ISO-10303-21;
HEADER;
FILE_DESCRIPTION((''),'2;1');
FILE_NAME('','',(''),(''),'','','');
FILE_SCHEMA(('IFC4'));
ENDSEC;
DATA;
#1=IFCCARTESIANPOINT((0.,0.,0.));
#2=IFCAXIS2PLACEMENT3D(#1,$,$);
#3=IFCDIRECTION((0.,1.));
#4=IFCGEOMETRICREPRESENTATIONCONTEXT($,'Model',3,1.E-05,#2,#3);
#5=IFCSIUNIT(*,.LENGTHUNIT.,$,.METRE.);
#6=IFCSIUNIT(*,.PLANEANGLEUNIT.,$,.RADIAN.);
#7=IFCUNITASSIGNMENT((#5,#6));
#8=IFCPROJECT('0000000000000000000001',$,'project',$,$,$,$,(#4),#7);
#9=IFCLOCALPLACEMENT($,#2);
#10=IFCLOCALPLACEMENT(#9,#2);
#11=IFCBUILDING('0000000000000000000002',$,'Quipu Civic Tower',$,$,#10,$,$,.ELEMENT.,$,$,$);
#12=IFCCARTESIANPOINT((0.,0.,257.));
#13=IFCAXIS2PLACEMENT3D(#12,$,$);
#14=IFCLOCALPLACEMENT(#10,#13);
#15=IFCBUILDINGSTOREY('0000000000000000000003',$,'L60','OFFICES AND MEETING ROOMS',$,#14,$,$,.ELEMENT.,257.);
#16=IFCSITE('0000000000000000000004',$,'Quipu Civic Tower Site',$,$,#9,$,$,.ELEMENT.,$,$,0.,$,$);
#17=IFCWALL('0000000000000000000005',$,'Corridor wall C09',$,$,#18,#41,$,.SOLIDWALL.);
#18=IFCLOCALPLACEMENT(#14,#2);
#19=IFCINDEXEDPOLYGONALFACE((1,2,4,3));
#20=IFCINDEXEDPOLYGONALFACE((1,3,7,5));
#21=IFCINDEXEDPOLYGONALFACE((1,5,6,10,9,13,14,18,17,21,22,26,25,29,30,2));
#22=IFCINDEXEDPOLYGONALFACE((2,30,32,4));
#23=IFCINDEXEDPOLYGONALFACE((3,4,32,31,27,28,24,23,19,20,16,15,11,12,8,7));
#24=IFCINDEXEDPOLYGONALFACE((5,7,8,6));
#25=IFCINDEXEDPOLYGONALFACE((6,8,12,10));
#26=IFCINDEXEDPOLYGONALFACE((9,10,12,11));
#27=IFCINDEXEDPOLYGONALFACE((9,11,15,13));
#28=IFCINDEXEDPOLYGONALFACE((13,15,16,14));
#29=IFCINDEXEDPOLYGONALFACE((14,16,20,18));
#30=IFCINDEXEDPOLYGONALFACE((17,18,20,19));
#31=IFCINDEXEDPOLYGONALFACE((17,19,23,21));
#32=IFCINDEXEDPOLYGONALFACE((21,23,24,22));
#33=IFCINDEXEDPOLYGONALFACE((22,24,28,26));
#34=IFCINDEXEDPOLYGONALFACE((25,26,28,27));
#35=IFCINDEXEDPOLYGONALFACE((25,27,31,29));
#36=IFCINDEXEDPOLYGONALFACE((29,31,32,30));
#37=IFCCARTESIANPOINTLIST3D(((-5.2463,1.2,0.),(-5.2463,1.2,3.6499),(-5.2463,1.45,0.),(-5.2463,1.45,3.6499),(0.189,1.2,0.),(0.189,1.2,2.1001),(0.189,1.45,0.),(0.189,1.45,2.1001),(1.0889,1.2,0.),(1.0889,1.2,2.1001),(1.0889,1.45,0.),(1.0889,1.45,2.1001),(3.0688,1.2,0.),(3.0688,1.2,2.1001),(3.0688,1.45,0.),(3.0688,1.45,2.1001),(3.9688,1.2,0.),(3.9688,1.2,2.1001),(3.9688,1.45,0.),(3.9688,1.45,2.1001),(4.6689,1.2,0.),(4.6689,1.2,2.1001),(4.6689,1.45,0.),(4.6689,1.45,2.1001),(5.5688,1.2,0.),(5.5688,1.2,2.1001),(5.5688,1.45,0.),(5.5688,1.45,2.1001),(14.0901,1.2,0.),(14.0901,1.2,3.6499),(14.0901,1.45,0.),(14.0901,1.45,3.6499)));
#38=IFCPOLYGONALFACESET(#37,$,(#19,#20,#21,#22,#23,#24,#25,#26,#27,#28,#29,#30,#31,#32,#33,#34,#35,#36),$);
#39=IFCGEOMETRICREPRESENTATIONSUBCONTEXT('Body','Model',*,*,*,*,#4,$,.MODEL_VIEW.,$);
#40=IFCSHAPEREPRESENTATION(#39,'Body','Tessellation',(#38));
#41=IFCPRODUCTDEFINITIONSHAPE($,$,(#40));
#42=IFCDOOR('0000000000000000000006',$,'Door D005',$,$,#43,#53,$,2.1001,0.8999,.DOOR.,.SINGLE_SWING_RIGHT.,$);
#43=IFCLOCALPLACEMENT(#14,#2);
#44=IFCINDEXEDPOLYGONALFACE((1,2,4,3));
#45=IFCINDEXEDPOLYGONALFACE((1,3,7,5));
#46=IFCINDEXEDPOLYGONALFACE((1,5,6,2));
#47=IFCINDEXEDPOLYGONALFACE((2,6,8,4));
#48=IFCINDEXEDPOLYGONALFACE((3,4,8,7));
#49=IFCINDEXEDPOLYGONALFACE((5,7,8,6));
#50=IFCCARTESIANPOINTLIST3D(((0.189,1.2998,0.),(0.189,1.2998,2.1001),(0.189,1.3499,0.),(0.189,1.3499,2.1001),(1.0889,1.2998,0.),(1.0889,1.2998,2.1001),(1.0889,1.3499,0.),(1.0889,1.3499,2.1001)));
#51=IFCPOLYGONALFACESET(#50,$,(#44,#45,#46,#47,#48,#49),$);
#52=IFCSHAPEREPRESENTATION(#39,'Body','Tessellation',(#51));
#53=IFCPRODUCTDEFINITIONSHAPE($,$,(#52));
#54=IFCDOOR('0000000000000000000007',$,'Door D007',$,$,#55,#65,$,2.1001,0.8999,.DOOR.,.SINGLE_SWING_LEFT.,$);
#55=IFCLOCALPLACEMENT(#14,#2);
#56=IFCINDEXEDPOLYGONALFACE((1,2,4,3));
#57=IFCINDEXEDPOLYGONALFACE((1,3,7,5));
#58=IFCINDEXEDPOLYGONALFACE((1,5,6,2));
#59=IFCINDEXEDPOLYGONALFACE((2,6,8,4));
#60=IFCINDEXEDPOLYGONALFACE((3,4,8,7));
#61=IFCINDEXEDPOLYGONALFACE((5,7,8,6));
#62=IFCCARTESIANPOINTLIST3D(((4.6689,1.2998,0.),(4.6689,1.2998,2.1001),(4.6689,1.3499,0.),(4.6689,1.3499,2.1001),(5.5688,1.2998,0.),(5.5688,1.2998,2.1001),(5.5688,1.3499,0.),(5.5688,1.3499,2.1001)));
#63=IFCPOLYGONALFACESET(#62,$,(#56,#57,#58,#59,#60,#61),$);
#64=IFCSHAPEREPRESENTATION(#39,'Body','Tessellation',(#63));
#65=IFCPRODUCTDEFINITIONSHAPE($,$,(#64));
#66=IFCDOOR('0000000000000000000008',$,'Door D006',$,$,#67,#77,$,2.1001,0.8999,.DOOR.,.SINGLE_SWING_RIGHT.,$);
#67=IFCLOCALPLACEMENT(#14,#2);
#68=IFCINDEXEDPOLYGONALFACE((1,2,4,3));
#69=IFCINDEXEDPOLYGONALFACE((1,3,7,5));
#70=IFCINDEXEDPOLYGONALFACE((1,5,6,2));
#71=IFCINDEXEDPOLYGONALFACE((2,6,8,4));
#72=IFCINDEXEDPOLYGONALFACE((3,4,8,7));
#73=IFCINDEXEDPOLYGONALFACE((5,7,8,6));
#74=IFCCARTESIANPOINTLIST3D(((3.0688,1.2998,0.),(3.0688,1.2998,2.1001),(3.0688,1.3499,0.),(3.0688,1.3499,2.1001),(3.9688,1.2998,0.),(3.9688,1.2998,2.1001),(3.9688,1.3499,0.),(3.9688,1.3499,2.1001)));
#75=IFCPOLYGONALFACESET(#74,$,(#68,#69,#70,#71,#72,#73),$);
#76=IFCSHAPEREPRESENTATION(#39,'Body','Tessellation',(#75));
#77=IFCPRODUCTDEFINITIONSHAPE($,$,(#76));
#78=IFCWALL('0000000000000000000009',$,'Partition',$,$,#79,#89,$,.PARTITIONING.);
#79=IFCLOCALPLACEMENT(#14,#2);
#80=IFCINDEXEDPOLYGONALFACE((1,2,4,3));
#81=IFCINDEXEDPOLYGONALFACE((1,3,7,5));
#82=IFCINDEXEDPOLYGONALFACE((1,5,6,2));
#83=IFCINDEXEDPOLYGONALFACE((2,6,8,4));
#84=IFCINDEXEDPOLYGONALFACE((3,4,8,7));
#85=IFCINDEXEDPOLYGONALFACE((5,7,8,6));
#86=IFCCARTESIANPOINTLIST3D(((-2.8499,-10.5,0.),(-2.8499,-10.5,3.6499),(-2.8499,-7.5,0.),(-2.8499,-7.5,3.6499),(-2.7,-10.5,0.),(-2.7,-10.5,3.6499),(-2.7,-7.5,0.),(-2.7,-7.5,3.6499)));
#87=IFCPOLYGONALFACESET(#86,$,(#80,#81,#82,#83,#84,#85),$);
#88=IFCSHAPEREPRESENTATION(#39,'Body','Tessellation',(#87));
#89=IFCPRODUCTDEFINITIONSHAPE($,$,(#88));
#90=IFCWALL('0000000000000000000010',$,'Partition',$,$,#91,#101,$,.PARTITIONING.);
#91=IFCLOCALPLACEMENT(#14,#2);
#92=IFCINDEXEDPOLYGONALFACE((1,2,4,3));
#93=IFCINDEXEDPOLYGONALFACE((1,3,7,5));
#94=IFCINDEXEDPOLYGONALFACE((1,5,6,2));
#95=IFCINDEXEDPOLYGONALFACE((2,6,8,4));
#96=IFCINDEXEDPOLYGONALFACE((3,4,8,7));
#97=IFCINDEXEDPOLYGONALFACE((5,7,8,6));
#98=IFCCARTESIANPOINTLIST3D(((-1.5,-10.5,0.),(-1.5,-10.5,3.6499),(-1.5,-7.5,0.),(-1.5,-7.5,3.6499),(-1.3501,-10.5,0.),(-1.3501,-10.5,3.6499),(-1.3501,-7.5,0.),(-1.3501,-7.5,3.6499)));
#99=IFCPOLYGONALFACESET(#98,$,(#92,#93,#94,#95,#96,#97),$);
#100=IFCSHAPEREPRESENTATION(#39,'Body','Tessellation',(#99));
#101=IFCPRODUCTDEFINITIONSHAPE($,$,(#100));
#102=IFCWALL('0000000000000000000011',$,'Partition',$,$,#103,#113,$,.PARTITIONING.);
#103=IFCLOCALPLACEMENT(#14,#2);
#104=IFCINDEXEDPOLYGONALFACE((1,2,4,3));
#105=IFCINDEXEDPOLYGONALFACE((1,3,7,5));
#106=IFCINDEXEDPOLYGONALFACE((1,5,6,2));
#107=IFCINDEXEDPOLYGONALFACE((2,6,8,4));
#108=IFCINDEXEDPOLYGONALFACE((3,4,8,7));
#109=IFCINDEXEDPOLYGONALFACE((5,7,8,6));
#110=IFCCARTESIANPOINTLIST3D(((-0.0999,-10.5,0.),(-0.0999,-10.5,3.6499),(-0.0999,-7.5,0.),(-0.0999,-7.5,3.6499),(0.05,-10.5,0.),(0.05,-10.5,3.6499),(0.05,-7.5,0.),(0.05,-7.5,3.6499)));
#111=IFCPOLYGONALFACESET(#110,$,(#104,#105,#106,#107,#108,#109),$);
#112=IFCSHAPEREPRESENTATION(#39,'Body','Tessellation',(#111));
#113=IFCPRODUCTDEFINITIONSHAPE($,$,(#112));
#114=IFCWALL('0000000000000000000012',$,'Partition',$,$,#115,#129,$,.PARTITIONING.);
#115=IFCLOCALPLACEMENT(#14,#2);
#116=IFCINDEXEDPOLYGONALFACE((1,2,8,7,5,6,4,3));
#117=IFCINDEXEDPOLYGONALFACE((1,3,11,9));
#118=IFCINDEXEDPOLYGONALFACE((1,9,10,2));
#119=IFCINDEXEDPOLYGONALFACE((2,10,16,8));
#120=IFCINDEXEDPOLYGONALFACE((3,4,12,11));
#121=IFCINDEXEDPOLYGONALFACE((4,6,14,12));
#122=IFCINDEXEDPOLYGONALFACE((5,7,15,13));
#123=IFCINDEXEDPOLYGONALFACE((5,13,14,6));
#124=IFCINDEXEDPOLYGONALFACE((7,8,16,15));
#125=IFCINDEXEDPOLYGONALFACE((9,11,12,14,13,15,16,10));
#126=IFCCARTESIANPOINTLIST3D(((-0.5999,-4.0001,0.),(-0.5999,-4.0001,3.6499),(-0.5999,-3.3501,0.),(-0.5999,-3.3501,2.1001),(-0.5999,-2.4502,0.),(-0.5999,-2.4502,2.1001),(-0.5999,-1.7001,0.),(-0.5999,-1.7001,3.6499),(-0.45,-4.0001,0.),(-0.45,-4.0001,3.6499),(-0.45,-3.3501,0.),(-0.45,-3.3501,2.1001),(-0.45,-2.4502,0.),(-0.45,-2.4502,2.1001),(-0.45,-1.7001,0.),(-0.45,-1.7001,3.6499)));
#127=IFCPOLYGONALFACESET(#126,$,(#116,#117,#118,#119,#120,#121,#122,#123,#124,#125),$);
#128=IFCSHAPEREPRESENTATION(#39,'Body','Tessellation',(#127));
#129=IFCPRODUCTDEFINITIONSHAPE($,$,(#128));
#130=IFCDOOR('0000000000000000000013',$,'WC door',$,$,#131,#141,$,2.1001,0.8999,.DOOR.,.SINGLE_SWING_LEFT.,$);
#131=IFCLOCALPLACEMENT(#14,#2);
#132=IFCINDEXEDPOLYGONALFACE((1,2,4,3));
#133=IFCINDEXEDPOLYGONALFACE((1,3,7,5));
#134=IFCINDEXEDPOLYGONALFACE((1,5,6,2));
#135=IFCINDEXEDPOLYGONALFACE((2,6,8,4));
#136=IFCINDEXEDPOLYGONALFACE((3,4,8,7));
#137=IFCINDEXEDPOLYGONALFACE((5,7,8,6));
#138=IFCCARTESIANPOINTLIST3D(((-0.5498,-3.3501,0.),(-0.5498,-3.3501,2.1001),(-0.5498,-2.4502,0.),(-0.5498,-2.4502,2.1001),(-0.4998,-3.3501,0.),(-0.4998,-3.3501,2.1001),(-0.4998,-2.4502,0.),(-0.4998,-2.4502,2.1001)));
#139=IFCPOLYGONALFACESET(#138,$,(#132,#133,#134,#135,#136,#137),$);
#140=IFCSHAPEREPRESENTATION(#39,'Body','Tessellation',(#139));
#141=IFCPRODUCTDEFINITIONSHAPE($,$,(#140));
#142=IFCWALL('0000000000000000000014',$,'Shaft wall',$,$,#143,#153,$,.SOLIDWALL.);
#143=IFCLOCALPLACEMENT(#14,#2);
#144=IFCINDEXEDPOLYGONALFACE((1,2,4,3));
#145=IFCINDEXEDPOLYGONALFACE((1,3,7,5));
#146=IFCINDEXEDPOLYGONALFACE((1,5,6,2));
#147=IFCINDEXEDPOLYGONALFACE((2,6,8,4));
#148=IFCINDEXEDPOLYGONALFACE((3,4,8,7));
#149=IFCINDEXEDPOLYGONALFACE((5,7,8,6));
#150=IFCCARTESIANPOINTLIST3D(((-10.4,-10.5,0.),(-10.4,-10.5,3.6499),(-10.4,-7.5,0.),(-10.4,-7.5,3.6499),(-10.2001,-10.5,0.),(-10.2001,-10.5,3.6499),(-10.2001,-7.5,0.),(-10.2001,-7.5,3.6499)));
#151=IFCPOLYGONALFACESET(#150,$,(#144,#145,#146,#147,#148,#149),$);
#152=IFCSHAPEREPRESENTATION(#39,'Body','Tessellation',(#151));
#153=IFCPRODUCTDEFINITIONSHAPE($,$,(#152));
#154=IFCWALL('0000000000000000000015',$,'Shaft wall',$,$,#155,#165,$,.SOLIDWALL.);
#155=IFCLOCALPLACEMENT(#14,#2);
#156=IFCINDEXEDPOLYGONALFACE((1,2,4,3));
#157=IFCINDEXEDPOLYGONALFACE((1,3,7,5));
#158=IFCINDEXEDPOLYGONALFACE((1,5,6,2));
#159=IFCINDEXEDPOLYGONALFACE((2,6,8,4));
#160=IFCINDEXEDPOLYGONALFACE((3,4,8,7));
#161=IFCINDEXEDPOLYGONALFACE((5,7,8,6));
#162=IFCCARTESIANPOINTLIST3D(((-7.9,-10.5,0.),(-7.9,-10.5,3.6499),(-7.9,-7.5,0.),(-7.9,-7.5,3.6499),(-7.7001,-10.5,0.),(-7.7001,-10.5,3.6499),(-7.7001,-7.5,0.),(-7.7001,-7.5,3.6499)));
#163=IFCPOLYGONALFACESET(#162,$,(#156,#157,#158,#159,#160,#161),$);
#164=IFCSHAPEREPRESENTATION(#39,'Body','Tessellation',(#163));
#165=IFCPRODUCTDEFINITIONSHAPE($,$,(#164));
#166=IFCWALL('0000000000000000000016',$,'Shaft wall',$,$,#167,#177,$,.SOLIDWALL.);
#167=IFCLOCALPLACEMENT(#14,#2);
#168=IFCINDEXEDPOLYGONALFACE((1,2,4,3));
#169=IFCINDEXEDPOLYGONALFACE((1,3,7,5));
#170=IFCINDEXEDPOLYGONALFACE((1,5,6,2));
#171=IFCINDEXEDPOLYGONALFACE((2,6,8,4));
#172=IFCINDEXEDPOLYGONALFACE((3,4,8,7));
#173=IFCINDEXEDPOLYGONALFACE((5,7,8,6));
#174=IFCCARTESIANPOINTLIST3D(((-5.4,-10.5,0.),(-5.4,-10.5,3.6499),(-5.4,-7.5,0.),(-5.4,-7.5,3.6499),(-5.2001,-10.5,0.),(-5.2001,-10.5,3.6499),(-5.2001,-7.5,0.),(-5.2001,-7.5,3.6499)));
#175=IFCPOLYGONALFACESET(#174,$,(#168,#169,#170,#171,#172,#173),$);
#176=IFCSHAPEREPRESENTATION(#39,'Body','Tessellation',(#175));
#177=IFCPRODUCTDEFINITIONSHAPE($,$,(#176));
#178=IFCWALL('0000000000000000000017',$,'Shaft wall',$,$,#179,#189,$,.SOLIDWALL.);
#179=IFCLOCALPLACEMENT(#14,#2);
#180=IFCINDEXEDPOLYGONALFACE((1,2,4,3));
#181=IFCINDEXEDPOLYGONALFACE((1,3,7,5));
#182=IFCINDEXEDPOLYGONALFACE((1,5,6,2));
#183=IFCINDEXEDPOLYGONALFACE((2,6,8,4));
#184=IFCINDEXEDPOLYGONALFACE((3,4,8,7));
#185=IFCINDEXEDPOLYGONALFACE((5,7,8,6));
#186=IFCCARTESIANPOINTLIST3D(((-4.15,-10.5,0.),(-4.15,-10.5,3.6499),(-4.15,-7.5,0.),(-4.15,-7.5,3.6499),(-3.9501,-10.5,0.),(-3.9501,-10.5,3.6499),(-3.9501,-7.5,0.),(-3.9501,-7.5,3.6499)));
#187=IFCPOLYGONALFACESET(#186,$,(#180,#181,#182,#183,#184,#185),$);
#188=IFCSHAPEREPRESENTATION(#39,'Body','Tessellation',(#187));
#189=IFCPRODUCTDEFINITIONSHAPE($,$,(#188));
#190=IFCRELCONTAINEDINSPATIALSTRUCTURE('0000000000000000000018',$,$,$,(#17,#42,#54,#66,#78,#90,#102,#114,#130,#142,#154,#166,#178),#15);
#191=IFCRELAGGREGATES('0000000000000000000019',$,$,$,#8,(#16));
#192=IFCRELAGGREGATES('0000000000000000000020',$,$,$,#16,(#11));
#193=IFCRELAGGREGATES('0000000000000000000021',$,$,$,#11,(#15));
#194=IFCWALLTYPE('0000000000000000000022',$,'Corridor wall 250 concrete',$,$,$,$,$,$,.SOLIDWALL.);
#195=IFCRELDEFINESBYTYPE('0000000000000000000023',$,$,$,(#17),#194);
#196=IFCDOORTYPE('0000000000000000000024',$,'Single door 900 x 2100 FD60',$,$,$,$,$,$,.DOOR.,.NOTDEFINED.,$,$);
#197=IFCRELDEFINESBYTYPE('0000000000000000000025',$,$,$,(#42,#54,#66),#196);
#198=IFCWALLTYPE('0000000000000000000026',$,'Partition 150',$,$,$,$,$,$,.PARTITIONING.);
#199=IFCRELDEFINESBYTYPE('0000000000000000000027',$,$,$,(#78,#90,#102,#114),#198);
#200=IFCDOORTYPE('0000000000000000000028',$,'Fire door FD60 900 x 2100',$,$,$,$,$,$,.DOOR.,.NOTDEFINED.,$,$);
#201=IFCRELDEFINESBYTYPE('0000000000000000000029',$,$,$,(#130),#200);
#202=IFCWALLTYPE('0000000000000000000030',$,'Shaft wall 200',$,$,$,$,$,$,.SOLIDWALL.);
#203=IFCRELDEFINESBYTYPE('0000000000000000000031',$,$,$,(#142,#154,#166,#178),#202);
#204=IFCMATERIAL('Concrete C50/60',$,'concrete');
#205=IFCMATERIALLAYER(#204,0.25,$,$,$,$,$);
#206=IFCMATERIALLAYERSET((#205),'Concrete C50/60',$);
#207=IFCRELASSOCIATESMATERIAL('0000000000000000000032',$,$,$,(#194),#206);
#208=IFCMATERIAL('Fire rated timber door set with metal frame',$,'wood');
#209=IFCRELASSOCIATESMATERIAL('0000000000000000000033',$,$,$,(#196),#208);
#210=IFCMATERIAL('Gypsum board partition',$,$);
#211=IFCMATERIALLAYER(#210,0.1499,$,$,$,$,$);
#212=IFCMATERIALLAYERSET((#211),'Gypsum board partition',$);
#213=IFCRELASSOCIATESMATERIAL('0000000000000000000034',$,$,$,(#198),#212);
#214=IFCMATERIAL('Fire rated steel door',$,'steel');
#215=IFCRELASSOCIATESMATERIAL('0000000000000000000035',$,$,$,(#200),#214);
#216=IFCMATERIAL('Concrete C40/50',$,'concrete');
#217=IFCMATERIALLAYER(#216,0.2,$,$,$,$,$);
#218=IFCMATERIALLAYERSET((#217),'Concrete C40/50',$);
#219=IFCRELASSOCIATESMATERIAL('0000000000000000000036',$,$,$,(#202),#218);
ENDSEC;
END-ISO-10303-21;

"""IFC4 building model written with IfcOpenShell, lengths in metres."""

from ifc_helpers import new_model, si_unit, direction, frame, frame_2d, origin, place, context, subcontext, project, spatial, rectangle, extrude, material, layer, layer_set, type_object, element, fill, save


model = new_model("IFC4")

# Units and contexts
model_context = context("Model", 3, precision=1e-05, world=origin(), true_north=direction((0.0, 1.0)))
body_context = subcontext(model_context, "Body", "Model", "MODEL_VIEW")
ifc_project = project(units=[si_unit("LENGTHUNIT", "METRE"), si_unit("PLANEANGLEUNIT", "RADIAN")], contexts=[model_context])

# Site, building, storey
site_placement = place(None, origin())
site = spatial("IfcSite", under=ifc_project, at=site_placement, Name="Quipu Civic Tower Site", CompositionType="ELEMENT", RefElevation=0.0)
building_placement = place(site_placement, origin())
building = spatial("IfcBuilding", under=site, at=building_placement, Name="Quipu Civic Tower", CompositionType="ELEMENT")
storey_placement = place(building_placement, frame((0.0, 0.0, 257.0)))
storey = spatial("IfcBuildingStorey", under=building, at=storey_placement, Name="L60", Description="OFFICES AND MEETING ROOMS", CompositionType="ELEMENT", Elevation=257.0)

# Wall, openings, doors
ifc_material_1 = material(Name="Concrete C50/60", Category="concrete")
ifc_layer_1 = layer(ifc_material_1, 0.25)
ifc_layer_set_1 = layer_set([ifc_layer_1], Name="Concrete C50/60")
wall_type_1 = type_object("IfcWallType", Name="Corridor wall 250 concrete", PredefinedType="SOLIDWALL", material=ifc_layer_set_1)
wall_1_placement = place(storey_placement, frame((-5.2463, 1.325, 0.0), z_axis=(0.0, 0.0, 1.0), x_axis=(1.0, 0.0, 0.0)))
wall_1 = element("IfcWall", 1, at=wall_1_placement, inside=storey, type_object=wall_type_1, Name="Corridor wall C09", PredefinedType="SOLIDWALL", context=body_context, shape_type="SweptSolid", body=[
    extrude(rectangle(XDim=19.3364, YDim=0.25, at=frame_2d((9.6682, 0.0))), origin(), (0.0, 0.0, 1.0), 3.6499),
])
opening_1_placement = place(wall_1_placement, frame((5.4353, 0.0, 0.0)))
opening_1 = element("IfcOpeningElement", 2, at=opening_1_placement, cuts=wall_1, PredefinedType="OPENING", context=body_context, shape_type="SweptSolid", body=[
    extrude(rectangle(XDim=0.8999, YDim=2.1001, at=frame_2d((0.45, 1.05))), frame((0.0, 0.135, 0.0), z_axis=(0.0, -1.0, 0.0), x_axis=(1.0, 0.0, 0.0)), (0.0, 0.0, 1.0), 0.27),
])
opening_2_placement = place(wall_1_placement, frame((9.9153, 0.0, 0.0)))
opening_2 = element("IfcOpeningElement", 3, at=opening_2_placement, cuts=wall_1, PredefinedType="OPENING", context=body_context, shape_type="SweptSolid", body=[
    extrude(rectangle(XDim=0.8999, YDim=2.1001, at=frame_2d((0.45, 1.05))), frame((0.0, 0.135, 0.0), z_axis=(0.0, -1.0, 0.0), x_axis=(1.0, 0.0, 0.0)), (0.0, 0.0, 1.0), 0.27),
])
opening_3_placement = place(wall_1_placement, frame((8.3152, 0.0, 0.0)))
opening_3 = element("IfcOpeningElement", 4, at=opening_3_placement, cuts=wall_1, PredefinedType="OPENING", context=body_context, shape_type="SweptSolid", body=[
    extrude(rectangle(XDim=0.8999, YDim=2.1001, at=frame_2d((0.45, 1.05))), frame((0.0, 0.135, 0.0), z_axis=(0.0, -1.0, 0.0), x_axis=(1.0, 0.0, 0.0)), (0.0, 0.0, 1.0), 0.27),
])
ifc_material_2 = material(Name="Fire rated timber door set with metal frame", Category="wood")
door_type_1 = type_object("IfcDoorType", Name="Single door 900 x 2100 FD60", OperationType="NOTDEFINED", PredefinedType="DOOR", material=ifc_material_2)
door_1_placement = place(opening_1_placement, origin())
door_1 = element("IfcDoor", 5, at=door_1_placement, inside=storey, type_object=door_type_1, Name="Door D005", OperationType="SINGLE_SWING_RIGHT", OverallHeight=2.1001, OverallWidth=0.8999, PredefinedType="DOOR", context=body_context, shape_type="SweptSolid", body=[
    extrude(rectangle(XDim=0.8999, YDim=2.1001, at=frame_2d((0.45, 1.05))), frame((0.0, 0.0249, 0.0), z_axis=(0.0, -1.0, 0.0), x_axis=(1.0, 0.0, 0.0)), (0.0, 0.0, 1.0), 0.05),
])
fill(opening_1, door_1)
door_2_placement = place(opening_2_placement, origin())
door_2 = element("IfcDoor", 6, at=door_2_placement, inside=storey, type_object=door_type_1, Name="Door D007", OperationType="SINGLE_SWING_LEFT", OverallHeight=2.1001, OverallWidth=0.8999, PredefinedType="DOOR", context=body_context, shape_type="SweptSolid", body=[
    extrude(rectangle(XDim=0.8999, YDim=2.1001, at=frame_2d((0.45, 1.05))), frame((0.0, 0.0249, 0.0), z_axis=(0.0, -1.0, 0.0), x_axis=(1.0, 0.0, 0.0)), (0.0, 0.0, 1.0), 0.05),
])
fill(opening_2, door_2)
door_3_placement = place(opening_3_placement, origin())
door_3 = element("IfcDoor", 7, at=door_3_placement, inside=storey, type_object=door_type_1, Name="Door D006", OperationType="SINGLE_SWING_RIGHT", OverallHeight=2.1001, OverallWidth=0.8999, PredefinedType="DOOR", context=body_context, shape_type="SweptSolid", body=[
    extrude(rectangle(XDim=0.8999, YDim=2.1001, at=frame_2d((0.45, 1.05))), frame((0.0, 0.0249, 0.0), z_axis=(0.0, -1.0, 0.0), x_axis=(1.0, 0.0, 0.0)), (0.0, 0.0, 1.0), 0.05),
])
fill(opening_3, door_3)

# Walls
ifc_material_3 = material(Name="Gypsum board partition")
ifc_layer_2 = layer(ifc_material_3, 0.1499)
ifc_layer_set_2 = layer_set([ifc_layer_2], Name="Gypsum board partition")
wall_type_2 = type_object("IfcWallType", Name="Partition 150", PredefinedType="PARTITIONING", material=ifc_layer_set_2)
for number, where, z_axis, x_axis, name in (
    (8, (-2.7749, -10.5, 0.0), (0.0, 0.0, 1.0), (0.0, 1.0, 0.0), "Partition"),
    (9, (-1.425, -10.5, 0.0), (0.0, 0.0, 1.0), (0.0, 1.0, 0.0), "Partition"),
    (10, (-0.0249, -10.5, 0.0), (0.0, 0.0, 1.0), (0.0, 1.0, 0.0), "Partition"),
):
    element("IfcWall", number, at=place(storey_placement, frame(where, z_axis=z_axis, x_axis=x_axis)), inside=storey, type_object=wall_type_2, Name=name, PredefinedType="PARTITIONING", context=body_context, shape_type="SweptSolid", body=[
        extrude(rectangle(XDim=3.0, YDim=0.1499, at=frame_2d((1.5, 0.0))), origin(), (0.0, 0.0, 1.0), 3.6499),
    ])

# Wall, opening, door
wall_2_placement = place(storey_placement, frame((-0.5249, -4.0, 0.0), z_axis=(0.0, 0.0, 1.0), x_axis=(0.0, 1.0, 0.0)))
wall_2 = element("IfcWall", 11, at=wall_2_placement, inside=storey, type_object=wall_type_2, Name="Partition", PredefinedType="PARTITIONING", context=body_context, shape_type="SweptSolid", body=[
    extrude(rectangle(XDim=2.3, YDim=0.1499, at=frame_2d((1.1499, 0.0))), origin(), (0.0, 0.0, 1.0), 3.6499),
])
opening_4_placement = place(wall_2_placement, frame((0.6499, 0.0, 0.0)))
opening_4 = element("IfcOpeningElement", 12, at=opening_4_placement, cuts=wall_2, PredefinedType="OPENING", context=body_context, shape_type="SweptSolid", body=[
    extrude(rectangle(XDim=0.8999, YDim=2.1001, at=frame_2d((0.45, 1.05))), frame((0.0, 0.085, 0.0), z_axis=(0.0, -1.0, 0.0), x_axis=(1.0, 0.0, 0.0)), (0.0, 0.0, 1.0), 0.1699),
])
ifc_material_4 = material(Name="Fire rated steel door", Category="steel")
door_type_2 = type_object("IfcDoorType", Name="Fire door FD60 900 x 2100", OperationType="NOTDEFINED", PredefinedType="DOOR", material=ifc_material_4)
door_4_placement = place(opening_4_placement, origin())
door_4 = element("IfcDoor", 13, at=door_4_placement, inside=storey, type_object=door_type_2, Name="WC door", OperationType="SINGLE_SWING_LEFT", OverallHeight=2.1001, OverallWidth=0.8999, PredefinedType="DOOR", context=body_context, shape_type="SweptSolid", body=[
    extrude(rectangle(XDim=0.8999, YDim=2.1001, at=frame_2d((0.45, 1.05))), frame((0.0, 0.0249, 0.0), z_axis=(0.0, -1.0, 0.0), x_axis=(1.0, 0.0, 0.0)), (0.0, 0.0, 1.0), 0.05),
])
fill(opening_4, door_4)

# Walls
ifc_material_5 = material(Name="Concrete C40/50", Category="concrete")
ifc_layer_3 = layer(ifc_material_5, 0.2)
ifc_layer_set_3 = layer_set([ifc_layer_3], Name="Concrete C40/50")
wall_type_3 = type_object("IfcWallType", Name="Shaft wall 200", PredefinedType="SOLIDWALL", material=ifc_layer_set_3)
for number, where, z_axis, x_axis, name in (
    (14, (-10.3, -10.5, 0.0), (0.0, 0.0, 1.0), (0.0, 1.0, 0.0), "Shaft wall"),
    (15, (-7.8, -10.5, 0.0), (0.0, 0.0, 1.0), (0.0, 1.0, 0.0), "Shaft wall"),
    (16, (-5.3, -10.5, 0.0), (0.0, 0.0, 1.0), (0.0, 1.0, 0.0), "Shaft wall"),
    (17, (-4.05, -10.5, 0.0), (0.0, 0.0, 1.0), (0.0, 1.0, 0.0), "Shaft wall"),
):
    element("IfcWall", number, at=place(storey_placement, frame(where, z_axis=z_axis, x_axis=x_axis)), inside=storey, type_object=wall_type_3, Name=name, PredefinedType="SOLIDWALL", context=body_context, shape_type="SweptSolid", body=[
        extrude(rectangle(XDim=3.0, YDim=0.2, at=frame_2d((1.5, 0.0))), origin(), (0.0, 0.0, 1.0), 3.6499),
    ])

save(model, "model.ifc")
